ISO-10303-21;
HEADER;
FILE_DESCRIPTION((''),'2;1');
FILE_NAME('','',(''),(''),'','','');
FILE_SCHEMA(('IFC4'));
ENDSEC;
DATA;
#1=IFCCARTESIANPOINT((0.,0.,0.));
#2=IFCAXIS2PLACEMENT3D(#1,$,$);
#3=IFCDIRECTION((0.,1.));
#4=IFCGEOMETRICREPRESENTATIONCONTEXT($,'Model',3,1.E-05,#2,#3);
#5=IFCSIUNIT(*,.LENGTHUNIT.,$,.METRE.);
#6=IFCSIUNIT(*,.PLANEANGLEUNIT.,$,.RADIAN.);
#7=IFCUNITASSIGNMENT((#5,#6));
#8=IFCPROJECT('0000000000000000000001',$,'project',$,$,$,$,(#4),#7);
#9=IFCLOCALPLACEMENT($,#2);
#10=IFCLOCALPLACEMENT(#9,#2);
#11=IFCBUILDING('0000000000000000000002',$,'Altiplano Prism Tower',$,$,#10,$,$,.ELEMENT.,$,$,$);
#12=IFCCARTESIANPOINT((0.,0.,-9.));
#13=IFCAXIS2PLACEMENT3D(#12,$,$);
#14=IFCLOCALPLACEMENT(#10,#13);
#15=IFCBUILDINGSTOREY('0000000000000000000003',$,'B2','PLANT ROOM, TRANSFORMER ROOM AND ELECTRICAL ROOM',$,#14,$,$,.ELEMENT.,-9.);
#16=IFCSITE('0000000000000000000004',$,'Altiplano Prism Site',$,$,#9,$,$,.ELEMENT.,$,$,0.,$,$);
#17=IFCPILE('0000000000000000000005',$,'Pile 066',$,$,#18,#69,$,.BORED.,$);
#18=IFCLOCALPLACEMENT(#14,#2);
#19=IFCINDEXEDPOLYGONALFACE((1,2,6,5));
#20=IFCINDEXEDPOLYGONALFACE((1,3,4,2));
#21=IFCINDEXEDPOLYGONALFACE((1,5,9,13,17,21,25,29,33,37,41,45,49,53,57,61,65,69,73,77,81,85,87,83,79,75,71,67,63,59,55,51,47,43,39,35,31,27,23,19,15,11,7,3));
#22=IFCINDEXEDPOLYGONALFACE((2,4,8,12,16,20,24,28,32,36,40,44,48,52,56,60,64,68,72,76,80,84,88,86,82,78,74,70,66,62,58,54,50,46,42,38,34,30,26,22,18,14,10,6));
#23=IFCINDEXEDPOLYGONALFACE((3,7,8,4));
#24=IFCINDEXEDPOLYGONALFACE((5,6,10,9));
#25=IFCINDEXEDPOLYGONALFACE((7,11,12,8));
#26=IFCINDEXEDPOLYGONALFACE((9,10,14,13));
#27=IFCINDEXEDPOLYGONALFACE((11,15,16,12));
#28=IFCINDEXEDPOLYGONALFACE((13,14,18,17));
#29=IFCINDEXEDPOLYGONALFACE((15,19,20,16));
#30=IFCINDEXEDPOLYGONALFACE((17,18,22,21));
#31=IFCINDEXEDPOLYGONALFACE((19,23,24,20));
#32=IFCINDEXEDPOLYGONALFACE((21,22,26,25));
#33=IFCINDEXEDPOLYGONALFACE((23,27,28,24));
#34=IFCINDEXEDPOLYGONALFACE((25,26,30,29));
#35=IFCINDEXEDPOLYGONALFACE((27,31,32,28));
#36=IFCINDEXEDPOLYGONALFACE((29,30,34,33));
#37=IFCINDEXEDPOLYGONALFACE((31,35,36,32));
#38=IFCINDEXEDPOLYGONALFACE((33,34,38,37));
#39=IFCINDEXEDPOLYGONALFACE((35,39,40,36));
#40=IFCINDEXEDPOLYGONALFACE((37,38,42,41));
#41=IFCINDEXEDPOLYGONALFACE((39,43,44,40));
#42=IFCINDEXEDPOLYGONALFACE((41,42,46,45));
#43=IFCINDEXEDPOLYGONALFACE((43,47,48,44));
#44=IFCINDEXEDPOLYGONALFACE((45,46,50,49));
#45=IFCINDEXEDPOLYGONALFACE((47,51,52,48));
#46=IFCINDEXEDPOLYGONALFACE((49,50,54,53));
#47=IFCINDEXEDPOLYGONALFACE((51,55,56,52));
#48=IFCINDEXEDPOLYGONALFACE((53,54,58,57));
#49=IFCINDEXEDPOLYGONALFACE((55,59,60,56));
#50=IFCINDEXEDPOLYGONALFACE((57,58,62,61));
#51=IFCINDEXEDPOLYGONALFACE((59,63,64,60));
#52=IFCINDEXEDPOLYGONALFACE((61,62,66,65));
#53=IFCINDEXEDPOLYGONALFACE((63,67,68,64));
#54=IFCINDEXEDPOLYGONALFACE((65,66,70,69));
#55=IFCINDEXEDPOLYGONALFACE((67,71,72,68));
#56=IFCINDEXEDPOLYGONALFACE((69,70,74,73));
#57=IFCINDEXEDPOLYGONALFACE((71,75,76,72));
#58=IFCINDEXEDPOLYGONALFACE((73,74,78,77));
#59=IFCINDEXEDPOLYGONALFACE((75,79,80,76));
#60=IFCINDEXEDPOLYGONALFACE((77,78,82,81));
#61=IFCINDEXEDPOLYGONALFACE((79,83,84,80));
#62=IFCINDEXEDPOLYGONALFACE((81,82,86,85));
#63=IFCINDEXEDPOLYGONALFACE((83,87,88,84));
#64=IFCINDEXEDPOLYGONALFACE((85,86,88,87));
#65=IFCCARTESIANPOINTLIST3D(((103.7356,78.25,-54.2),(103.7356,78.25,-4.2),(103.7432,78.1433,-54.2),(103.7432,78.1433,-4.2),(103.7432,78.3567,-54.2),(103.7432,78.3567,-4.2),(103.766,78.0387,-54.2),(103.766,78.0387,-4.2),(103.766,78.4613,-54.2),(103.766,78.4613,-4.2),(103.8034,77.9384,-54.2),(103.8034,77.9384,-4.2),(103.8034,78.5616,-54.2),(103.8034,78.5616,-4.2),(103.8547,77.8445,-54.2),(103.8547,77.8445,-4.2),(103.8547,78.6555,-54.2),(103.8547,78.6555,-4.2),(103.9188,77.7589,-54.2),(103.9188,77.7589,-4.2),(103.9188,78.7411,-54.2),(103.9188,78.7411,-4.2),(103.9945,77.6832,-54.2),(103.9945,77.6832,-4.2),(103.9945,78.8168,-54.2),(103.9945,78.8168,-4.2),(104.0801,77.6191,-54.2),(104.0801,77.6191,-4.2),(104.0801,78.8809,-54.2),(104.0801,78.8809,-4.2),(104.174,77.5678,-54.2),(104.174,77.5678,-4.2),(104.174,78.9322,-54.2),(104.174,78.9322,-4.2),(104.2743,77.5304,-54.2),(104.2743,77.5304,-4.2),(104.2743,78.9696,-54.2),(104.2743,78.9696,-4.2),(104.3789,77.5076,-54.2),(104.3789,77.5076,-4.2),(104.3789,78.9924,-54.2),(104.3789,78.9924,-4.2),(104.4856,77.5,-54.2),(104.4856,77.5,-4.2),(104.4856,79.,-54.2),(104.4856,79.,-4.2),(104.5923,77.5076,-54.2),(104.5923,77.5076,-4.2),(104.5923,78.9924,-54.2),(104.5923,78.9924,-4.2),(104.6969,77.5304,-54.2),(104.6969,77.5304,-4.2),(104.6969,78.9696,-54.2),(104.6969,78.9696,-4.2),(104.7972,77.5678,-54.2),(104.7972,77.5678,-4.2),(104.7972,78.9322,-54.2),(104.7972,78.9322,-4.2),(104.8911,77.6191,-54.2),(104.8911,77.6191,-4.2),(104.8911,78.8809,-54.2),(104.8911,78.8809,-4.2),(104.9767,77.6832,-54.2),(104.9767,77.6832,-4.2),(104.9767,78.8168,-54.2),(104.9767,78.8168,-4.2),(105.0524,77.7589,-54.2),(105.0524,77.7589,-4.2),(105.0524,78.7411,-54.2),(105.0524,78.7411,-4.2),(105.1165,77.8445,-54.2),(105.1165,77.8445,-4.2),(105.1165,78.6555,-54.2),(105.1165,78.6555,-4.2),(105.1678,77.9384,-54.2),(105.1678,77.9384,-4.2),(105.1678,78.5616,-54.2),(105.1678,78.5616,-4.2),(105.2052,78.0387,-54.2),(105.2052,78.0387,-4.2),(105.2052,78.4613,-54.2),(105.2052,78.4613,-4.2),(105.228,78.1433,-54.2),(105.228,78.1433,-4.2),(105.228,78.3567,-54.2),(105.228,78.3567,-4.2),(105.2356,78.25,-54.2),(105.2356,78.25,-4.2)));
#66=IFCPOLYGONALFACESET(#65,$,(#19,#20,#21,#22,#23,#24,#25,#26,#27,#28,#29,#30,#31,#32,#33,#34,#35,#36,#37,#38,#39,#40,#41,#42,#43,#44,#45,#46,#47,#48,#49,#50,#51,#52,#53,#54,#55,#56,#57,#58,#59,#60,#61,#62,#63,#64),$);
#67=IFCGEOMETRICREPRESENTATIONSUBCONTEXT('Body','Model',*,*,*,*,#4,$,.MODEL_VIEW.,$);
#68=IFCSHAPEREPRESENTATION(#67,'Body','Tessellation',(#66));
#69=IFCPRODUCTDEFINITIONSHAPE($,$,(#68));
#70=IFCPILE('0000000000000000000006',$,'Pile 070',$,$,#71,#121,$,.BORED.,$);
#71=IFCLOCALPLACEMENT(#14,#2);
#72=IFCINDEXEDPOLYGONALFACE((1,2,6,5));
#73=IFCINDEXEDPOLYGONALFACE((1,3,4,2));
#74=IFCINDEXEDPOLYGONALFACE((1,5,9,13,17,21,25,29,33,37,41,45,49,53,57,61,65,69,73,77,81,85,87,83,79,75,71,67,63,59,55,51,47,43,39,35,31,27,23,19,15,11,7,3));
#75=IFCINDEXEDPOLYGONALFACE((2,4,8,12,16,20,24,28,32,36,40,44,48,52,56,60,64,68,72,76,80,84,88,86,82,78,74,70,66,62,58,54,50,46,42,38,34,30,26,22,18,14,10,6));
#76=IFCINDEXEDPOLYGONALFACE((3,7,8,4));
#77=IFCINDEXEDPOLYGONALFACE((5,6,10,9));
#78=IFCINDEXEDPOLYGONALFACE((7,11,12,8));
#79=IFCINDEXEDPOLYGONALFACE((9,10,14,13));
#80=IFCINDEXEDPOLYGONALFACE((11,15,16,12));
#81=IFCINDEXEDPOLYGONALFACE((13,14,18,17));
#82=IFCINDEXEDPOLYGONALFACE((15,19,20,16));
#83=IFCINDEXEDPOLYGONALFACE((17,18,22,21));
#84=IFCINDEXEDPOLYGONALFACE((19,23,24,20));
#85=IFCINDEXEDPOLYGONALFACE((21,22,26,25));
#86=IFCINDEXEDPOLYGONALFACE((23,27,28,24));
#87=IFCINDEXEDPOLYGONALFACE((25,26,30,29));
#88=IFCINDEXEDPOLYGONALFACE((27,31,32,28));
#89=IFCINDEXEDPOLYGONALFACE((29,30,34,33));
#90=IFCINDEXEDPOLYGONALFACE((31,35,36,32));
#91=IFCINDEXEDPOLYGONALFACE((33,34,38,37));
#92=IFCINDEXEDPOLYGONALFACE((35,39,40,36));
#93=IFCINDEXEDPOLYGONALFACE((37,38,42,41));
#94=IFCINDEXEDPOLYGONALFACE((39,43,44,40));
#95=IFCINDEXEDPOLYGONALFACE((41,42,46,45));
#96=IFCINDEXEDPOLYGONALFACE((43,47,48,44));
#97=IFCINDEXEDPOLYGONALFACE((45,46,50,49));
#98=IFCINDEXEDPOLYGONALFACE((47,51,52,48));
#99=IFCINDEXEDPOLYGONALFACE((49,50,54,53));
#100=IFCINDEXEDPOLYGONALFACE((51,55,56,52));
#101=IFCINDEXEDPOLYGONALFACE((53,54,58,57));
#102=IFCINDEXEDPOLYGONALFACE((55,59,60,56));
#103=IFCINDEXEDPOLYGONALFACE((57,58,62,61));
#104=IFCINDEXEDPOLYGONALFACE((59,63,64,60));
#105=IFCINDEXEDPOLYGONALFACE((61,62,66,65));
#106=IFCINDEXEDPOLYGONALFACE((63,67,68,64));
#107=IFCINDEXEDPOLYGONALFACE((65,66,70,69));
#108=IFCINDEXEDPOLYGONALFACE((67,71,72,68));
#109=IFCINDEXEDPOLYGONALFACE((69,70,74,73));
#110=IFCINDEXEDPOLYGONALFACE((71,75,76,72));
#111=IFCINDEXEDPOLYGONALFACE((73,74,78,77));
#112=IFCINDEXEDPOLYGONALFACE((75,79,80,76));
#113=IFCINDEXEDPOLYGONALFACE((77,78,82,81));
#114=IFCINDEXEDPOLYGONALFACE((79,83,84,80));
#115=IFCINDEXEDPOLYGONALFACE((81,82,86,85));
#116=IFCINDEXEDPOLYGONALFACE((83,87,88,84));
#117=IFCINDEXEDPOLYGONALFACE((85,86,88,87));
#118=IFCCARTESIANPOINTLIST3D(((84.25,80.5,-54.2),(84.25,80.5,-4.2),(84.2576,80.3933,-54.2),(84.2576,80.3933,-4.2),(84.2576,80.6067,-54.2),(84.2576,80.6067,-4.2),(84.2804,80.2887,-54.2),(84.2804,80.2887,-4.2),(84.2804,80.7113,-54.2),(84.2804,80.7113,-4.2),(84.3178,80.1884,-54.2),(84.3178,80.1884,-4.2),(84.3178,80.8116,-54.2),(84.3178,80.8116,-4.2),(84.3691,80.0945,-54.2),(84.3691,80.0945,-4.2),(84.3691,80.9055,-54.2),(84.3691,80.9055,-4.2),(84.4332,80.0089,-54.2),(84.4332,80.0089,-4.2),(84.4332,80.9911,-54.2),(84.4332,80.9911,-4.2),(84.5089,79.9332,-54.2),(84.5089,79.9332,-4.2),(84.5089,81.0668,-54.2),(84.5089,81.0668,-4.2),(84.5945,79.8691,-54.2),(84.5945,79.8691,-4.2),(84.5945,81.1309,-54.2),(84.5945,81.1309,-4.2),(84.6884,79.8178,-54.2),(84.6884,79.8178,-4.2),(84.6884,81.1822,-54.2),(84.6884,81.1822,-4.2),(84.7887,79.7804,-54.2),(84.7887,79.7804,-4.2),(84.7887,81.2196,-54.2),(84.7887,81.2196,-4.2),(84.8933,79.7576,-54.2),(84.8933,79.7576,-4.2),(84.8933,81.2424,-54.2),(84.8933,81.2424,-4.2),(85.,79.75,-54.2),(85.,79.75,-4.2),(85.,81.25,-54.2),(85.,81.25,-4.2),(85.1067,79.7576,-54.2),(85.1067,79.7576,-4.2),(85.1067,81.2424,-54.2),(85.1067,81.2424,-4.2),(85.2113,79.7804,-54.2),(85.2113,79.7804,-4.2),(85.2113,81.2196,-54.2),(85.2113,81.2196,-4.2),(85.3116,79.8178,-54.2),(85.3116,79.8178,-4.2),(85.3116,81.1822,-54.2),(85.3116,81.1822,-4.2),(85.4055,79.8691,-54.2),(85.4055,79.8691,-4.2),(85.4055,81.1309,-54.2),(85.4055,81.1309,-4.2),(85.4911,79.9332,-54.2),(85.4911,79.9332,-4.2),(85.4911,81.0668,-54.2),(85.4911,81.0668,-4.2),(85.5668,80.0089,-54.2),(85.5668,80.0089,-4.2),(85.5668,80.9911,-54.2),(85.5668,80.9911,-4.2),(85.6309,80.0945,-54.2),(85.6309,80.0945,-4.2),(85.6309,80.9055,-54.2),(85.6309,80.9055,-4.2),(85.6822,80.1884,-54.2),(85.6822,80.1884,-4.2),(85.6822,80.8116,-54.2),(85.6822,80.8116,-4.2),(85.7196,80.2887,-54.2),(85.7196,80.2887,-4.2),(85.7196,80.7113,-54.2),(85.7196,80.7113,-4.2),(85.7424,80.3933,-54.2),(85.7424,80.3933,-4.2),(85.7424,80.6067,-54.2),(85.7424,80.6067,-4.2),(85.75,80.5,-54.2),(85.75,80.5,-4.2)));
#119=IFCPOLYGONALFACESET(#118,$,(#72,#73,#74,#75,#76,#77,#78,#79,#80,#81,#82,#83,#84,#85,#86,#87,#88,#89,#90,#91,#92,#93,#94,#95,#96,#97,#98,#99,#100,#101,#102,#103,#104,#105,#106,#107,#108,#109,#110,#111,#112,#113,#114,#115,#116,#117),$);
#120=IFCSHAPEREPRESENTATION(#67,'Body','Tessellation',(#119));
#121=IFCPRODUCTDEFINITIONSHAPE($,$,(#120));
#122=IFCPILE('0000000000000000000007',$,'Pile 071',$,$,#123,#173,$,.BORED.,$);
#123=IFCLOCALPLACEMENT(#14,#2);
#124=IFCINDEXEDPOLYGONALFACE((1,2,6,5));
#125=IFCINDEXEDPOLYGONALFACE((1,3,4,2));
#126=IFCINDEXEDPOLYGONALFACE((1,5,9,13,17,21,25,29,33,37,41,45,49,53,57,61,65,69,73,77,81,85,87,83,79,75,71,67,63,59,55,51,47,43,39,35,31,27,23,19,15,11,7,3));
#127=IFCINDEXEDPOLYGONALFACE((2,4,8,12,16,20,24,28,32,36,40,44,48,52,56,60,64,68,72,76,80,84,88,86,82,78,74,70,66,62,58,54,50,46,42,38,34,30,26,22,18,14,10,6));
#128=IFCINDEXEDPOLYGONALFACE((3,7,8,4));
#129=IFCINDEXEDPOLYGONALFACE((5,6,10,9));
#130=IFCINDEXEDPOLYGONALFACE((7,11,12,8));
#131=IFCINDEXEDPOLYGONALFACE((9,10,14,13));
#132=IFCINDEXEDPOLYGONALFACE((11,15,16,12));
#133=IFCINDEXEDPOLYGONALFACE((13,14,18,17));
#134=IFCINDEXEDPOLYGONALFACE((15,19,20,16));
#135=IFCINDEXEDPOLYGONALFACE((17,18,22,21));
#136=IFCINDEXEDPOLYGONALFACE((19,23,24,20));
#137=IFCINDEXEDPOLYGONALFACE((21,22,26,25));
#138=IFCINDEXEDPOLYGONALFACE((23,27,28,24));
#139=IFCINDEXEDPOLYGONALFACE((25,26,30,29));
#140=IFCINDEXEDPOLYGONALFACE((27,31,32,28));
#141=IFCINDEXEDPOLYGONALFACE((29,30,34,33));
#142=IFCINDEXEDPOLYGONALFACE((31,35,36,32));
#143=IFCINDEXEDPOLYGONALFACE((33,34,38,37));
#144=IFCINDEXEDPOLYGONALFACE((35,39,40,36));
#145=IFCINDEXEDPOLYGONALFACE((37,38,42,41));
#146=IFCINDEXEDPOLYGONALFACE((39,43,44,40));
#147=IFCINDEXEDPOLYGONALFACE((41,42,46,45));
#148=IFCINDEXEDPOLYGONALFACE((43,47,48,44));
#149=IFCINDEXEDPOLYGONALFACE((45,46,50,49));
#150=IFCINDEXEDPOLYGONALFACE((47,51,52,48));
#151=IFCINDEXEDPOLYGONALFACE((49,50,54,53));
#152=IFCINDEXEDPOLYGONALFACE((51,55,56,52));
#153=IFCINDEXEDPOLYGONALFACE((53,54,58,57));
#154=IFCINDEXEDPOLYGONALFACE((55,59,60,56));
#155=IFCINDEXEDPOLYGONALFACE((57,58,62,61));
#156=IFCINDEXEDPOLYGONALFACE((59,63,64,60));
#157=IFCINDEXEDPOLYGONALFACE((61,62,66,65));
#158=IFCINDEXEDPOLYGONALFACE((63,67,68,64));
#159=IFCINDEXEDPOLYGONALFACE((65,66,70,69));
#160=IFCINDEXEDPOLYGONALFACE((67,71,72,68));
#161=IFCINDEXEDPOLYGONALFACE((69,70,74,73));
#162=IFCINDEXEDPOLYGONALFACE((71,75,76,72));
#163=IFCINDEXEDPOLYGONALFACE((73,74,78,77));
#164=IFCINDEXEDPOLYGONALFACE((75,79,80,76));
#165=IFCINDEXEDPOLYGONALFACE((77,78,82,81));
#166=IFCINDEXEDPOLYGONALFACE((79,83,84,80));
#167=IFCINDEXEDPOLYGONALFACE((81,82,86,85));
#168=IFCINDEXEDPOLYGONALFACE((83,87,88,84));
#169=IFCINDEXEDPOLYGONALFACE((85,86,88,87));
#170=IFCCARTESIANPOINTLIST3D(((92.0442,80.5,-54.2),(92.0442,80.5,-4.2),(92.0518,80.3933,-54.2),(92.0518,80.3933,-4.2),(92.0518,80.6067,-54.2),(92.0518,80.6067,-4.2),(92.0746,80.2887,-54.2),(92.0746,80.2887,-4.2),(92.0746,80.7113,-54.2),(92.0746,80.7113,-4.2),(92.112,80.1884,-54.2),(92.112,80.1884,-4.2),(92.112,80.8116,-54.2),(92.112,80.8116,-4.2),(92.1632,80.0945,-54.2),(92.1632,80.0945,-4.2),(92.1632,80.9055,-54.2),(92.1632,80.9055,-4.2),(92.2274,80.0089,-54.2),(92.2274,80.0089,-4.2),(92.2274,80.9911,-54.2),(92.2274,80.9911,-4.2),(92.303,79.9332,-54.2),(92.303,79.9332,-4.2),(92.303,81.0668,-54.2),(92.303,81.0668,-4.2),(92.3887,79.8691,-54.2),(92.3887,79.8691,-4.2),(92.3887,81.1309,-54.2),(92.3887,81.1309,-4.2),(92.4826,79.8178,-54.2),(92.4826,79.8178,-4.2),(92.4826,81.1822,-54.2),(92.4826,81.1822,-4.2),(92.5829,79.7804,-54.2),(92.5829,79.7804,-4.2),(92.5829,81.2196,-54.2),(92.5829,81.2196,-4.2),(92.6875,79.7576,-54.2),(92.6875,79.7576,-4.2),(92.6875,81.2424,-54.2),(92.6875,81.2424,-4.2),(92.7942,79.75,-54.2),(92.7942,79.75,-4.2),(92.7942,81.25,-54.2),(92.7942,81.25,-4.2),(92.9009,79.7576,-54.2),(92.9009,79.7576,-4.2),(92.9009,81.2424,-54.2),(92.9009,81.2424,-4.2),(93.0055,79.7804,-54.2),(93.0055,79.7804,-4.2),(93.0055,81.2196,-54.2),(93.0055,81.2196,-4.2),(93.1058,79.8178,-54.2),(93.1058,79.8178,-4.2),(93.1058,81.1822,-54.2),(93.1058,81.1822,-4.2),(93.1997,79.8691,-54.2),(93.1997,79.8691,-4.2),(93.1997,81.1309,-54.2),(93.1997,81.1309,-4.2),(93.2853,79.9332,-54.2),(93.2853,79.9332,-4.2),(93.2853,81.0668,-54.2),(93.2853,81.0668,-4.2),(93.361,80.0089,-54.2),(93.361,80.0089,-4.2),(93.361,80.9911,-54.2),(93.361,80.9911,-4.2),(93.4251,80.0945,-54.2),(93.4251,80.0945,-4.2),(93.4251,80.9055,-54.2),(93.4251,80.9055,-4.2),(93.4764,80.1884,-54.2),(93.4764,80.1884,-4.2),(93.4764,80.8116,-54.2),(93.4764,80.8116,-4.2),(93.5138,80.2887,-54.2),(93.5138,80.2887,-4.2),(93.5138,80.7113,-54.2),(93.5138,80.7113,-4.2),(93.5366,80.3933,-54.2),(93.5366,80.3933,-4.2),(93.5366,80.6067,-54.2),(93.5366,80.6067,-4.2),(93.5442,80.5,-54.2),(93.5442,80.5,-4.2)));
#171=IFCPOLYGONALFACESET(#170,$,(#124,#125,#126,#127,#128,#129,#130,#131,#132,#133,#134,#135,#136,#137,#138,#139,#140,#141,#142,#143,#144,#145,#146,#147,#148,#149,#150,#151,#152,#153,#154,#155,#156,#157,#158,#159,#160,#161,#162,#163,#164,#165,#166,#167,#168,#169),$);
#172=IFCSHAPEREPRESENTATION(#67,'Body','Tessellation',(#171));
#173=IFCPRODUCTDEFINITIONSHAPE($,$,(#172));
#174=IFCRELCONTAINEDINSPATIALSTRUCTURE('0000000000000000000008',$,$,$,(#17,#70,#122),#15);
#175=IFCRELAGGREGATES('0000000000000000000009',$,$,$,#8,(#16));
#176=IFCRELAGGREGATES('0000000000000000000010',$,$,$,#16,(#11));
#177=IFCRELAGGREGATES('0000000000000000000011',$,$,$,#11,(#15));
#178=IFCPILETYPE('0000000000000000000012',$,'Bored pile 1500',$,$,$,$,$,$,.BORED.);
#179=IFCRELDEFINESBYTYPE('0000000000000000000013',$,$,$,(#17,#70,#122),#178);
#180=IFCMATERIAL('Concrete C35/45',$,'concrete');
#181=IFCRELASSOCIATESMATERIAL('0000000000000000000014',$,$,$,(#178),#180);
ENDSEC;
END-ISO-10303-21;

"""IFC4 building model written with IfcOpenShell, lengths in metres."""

from ifc_helpers import new_model, si_unit, direction, frame, origin, origin_2d, place, context, subcontext, project, spatial, circle, extrude, material, material_profile, profile_set, type_object, element, save


model = new_model("IFC4")

# Units and contexts
model_context = context("Model", 3, precision=1e-05, world=origin(), true_north=direction((0.0, 1.0)))
body_context = subcontext(model_context, "Body", "Model", "MODEL_VIEW")
ifc_project = project(units=[si_unit("LENGTHUNIT", "METRE"), si_unit("PLANEANGLEUNIT", "RADIAN")], contexts=[model_context])

# Site, building, storey
site_placement = place(None, origin())
site = spatial("IfcSite", under=ifc_project, at=site_placement, Name="Altiplano Prism Site", CompositionType="ELEMENT", RefElevation=0.0)
building_placement = place(site_placement, origin())
building = spatial("IfcBuilding", under=site, at=building_placement, Name="Altiplano Prism Tower", CompositionType="ELEMENT")
storey_placement = place(building_placement, frame((0.0, 0.0, -9.0)))
storey = spatial("IfcBuildingStorey", under=building, at=storey_placement, Name="B2", Description="PLANT ROOM, TRANSFORMER ROOM AND ELECTRICAL ROOM", CompositionType="ELEMENT", Elevation=-9.0)

# Piles
ifc_material_1 = material(Name="Concrete C35/45", Category="concrete")
ifc_material_profile_1 = material_profile(ifc_material_1, circle(Radius=0.75, at=origin_2d()), Name="Bored pile 1500")
ifc_profile_set_1 = profile_set([ifc_material_profile_1], Name="Concrete C35/45")
pile_type = type_object("IfcPileType", Name="Bored pile 1500", PredefinedType="BORED", material=ifc_profile_set_1)
for number, where, z_axis, x_axis, name in (
    (1, (104.4856, 78.25, -4.2), (0.0, 0.0, -1.0), (1.0, 0.0, 0.0), "Pile 066"),
    (2, (85.0, 80.5, -4.2), (0.0, 0.0, -1.0), (1.0, 0.0, 0.0), "Pile 070"),
    (3, (92.7942, 80.5, -4.2), (0.0, 0.0, -1.0), (1.0, 0.0, 0.0), "Pile 071"),
):
    element("IfcPile", number, at=place(storey_placement, frame(where, z_axis=z_axis, x_axis=x_axis)), inside=storey, type_object=pile_type, Name=name, PredefinedType="BORED", context=body_context, shape_type="SweptSolid", body=[
        extrude(circle(Radius=0.75, at=origin_2d()), origin(), (0.0, 0.0, 1.0), 50.0),
    ])

save(model, "model.ifc")
